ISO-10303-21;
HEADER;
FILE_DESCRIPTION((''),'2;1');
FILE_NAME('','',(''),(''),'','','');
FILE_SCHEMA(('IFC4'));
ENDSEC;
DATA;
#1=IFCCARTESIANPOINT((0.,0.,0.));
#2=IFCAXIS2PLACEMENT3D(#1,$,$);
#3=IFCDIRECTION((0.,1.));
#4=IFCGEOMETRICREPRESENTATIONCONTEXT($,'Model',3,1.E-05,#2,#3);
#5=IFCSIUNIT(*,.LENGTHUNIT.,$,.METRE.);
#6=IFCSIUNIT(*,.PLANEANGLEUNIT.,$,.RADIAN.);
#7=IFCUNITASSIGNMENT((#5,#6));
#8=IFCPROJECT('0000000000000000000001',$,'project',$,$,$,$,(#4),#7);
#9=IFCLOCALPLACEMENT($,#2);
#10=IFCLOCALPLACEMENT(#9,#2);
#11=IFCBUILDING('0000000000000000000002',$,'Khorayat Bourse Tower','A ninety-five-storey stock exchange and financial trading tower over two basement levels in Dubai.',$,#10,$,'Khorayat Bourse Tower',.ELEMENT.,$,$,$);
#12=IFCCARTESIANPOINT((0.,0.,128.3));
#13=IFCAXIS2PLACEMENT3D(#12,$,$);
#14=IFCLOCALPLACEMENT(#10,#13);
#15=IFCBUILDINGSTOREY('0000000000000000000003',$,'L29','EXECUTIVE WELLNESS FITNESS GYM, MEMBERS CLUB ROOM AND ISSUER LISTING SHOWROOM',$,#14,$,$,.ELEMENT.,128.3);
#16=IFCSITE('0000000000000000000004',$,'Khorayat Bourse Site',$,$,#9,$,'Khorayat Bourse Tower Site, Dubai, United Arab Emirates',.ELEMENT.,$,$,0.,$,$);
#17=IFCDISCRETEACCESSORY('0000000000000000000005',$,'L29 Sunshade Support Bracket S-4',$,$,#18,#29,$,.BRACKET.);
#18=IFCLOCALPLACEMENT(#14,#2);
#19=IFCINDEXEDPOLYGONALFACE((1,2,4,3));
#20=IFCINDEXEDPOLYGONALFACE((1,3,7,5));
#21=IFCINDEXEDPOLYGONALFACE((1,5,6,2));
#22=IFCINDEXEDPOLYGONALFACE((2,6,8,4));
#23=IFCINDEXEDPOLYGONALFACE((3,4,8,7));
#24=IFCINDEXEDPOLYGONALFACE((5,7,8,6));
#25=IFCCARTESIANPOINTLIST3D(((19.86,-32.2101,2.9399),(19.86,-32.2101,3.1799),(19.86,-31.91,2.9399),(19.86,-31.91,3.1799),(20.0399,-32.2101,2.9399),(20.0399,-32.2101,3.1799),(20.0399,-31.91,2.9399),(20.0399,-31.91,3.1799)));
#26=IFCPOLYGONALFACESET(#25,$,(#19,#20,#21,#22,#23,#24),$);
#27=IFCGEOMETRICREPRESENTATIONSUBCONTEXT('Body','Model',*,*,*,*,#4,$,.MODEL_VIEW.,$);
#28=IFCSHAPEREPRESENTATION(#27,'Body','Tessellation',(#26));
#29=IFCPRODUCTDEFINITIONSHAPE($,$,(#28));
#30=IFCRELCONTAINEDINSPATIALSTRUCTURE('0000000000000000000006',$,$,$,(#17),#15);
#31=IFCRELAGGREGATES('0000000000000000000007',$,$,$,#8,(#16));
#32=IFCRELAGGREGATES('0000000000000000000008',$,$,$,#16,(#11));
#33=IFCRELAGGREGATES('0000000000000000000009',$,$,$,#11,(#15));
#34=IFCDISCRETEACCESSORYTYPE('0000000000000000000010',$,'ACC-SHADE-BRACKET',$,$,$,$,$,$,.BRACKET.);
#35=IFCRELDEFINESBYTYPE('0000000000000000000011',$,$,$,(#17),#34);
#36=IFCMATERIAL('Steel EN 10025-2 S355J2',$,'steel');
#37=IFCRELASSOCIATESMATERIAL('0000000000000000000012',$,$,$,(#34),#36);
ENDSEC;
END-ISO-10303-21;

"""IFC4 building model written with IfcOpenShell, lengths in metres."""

from ifc_helpers import new_model, si_unit, direction, frame, origin, origin_2d, place, context, subcontext, project, spatial, rectangle, extrude, source, transform, mapped, material, type_object, element, save


model = new_model("IFC4")

# Units and contexts
model_context = context("Model", 3, precision=1e-05, world=origin(), true_north=direction((0.0, 1.0)))
body_context = subcontext(model_context, "Body", "Model", "MODEL_VIEW")
ifc_project = project(units=[si_unit("LENGTHUNIT", "METRE"), si_unit("PLANEANGLEUNIT", "RADIAN")], contexts=[model_context])

# Site, building, storey
site_placement = place(None, origin())
site = spatial("IfcSite", under=ifc_project, at=site_placement, Name="Khorayat Bourse Site", LongName="Khorayat Bourse Tower Site, Dubai, United Arab Emirates", CompositionType="ELEMENT", RefElevation=0.0)
building_placement = place(site_placement, origin())
building = spatial("IfcBuilding", under=site, at=building_placement, Name="Khorayat Bourse Tower", Description="A ninety-five-storey stock exchange and financial trading tower over two basement levels in Dubai.", LongName="Khorayat Bourse Tower", CompositionType="ELEMENT")
storey_placement = place(building_placement, frame((0.0, 0.0, 128.3)))
storey = spatial("IfcBuildingStorey", under=building, at=storey_placement, Name="L29", Description="EXECUTIVE WELLNESS FITNESS GYM, MEMBERS CLUB ROOM AND ISSUER LISTING SHOWROOM", CompositionType="ELEMENT", Elevation=128.3)

# Discrete accessory
ifc_material_1 = material(Name="Steel EN 10025-2 S355J2", Category="steel")
discrete_accessory_type = type_object("IfcDiscreteAccessoryType", Name="ACC-SHADE-BRACKET", PredefinedType="BRACKET", material=ifc_material_1)
shared_shape_1 = source(origin(), body_context, "Body", "SweptSolid", [
    extrude(rectangle(XDim=0.1799, YDim=0.3, at=origin_2d()), origin(), (0.0, 0.0, 1.0), 0.24),
])
discrete_accessory_placement = place(storey_placement, frame((19.95, -32.0601, 2.9399), z_axis=(0.0, 0.0, 1.0), x_axis=(1.0, 0.0, 0.0)))
element("IfcDiscreteAccessory", 1, at=discrete_accessory_placement, inside=storey, type_object=discrete_accessory_type, Name="L29 Sunshade Support Bracket S-4", PredefinedType="BRACKET", context=body_context, shape_type="MappedRepresentation", body=[
    mapped(shared_shape_1, transform((0.0, 0.0, 0.0), scale=1.0)),
])

save(model, "model.ifc")
